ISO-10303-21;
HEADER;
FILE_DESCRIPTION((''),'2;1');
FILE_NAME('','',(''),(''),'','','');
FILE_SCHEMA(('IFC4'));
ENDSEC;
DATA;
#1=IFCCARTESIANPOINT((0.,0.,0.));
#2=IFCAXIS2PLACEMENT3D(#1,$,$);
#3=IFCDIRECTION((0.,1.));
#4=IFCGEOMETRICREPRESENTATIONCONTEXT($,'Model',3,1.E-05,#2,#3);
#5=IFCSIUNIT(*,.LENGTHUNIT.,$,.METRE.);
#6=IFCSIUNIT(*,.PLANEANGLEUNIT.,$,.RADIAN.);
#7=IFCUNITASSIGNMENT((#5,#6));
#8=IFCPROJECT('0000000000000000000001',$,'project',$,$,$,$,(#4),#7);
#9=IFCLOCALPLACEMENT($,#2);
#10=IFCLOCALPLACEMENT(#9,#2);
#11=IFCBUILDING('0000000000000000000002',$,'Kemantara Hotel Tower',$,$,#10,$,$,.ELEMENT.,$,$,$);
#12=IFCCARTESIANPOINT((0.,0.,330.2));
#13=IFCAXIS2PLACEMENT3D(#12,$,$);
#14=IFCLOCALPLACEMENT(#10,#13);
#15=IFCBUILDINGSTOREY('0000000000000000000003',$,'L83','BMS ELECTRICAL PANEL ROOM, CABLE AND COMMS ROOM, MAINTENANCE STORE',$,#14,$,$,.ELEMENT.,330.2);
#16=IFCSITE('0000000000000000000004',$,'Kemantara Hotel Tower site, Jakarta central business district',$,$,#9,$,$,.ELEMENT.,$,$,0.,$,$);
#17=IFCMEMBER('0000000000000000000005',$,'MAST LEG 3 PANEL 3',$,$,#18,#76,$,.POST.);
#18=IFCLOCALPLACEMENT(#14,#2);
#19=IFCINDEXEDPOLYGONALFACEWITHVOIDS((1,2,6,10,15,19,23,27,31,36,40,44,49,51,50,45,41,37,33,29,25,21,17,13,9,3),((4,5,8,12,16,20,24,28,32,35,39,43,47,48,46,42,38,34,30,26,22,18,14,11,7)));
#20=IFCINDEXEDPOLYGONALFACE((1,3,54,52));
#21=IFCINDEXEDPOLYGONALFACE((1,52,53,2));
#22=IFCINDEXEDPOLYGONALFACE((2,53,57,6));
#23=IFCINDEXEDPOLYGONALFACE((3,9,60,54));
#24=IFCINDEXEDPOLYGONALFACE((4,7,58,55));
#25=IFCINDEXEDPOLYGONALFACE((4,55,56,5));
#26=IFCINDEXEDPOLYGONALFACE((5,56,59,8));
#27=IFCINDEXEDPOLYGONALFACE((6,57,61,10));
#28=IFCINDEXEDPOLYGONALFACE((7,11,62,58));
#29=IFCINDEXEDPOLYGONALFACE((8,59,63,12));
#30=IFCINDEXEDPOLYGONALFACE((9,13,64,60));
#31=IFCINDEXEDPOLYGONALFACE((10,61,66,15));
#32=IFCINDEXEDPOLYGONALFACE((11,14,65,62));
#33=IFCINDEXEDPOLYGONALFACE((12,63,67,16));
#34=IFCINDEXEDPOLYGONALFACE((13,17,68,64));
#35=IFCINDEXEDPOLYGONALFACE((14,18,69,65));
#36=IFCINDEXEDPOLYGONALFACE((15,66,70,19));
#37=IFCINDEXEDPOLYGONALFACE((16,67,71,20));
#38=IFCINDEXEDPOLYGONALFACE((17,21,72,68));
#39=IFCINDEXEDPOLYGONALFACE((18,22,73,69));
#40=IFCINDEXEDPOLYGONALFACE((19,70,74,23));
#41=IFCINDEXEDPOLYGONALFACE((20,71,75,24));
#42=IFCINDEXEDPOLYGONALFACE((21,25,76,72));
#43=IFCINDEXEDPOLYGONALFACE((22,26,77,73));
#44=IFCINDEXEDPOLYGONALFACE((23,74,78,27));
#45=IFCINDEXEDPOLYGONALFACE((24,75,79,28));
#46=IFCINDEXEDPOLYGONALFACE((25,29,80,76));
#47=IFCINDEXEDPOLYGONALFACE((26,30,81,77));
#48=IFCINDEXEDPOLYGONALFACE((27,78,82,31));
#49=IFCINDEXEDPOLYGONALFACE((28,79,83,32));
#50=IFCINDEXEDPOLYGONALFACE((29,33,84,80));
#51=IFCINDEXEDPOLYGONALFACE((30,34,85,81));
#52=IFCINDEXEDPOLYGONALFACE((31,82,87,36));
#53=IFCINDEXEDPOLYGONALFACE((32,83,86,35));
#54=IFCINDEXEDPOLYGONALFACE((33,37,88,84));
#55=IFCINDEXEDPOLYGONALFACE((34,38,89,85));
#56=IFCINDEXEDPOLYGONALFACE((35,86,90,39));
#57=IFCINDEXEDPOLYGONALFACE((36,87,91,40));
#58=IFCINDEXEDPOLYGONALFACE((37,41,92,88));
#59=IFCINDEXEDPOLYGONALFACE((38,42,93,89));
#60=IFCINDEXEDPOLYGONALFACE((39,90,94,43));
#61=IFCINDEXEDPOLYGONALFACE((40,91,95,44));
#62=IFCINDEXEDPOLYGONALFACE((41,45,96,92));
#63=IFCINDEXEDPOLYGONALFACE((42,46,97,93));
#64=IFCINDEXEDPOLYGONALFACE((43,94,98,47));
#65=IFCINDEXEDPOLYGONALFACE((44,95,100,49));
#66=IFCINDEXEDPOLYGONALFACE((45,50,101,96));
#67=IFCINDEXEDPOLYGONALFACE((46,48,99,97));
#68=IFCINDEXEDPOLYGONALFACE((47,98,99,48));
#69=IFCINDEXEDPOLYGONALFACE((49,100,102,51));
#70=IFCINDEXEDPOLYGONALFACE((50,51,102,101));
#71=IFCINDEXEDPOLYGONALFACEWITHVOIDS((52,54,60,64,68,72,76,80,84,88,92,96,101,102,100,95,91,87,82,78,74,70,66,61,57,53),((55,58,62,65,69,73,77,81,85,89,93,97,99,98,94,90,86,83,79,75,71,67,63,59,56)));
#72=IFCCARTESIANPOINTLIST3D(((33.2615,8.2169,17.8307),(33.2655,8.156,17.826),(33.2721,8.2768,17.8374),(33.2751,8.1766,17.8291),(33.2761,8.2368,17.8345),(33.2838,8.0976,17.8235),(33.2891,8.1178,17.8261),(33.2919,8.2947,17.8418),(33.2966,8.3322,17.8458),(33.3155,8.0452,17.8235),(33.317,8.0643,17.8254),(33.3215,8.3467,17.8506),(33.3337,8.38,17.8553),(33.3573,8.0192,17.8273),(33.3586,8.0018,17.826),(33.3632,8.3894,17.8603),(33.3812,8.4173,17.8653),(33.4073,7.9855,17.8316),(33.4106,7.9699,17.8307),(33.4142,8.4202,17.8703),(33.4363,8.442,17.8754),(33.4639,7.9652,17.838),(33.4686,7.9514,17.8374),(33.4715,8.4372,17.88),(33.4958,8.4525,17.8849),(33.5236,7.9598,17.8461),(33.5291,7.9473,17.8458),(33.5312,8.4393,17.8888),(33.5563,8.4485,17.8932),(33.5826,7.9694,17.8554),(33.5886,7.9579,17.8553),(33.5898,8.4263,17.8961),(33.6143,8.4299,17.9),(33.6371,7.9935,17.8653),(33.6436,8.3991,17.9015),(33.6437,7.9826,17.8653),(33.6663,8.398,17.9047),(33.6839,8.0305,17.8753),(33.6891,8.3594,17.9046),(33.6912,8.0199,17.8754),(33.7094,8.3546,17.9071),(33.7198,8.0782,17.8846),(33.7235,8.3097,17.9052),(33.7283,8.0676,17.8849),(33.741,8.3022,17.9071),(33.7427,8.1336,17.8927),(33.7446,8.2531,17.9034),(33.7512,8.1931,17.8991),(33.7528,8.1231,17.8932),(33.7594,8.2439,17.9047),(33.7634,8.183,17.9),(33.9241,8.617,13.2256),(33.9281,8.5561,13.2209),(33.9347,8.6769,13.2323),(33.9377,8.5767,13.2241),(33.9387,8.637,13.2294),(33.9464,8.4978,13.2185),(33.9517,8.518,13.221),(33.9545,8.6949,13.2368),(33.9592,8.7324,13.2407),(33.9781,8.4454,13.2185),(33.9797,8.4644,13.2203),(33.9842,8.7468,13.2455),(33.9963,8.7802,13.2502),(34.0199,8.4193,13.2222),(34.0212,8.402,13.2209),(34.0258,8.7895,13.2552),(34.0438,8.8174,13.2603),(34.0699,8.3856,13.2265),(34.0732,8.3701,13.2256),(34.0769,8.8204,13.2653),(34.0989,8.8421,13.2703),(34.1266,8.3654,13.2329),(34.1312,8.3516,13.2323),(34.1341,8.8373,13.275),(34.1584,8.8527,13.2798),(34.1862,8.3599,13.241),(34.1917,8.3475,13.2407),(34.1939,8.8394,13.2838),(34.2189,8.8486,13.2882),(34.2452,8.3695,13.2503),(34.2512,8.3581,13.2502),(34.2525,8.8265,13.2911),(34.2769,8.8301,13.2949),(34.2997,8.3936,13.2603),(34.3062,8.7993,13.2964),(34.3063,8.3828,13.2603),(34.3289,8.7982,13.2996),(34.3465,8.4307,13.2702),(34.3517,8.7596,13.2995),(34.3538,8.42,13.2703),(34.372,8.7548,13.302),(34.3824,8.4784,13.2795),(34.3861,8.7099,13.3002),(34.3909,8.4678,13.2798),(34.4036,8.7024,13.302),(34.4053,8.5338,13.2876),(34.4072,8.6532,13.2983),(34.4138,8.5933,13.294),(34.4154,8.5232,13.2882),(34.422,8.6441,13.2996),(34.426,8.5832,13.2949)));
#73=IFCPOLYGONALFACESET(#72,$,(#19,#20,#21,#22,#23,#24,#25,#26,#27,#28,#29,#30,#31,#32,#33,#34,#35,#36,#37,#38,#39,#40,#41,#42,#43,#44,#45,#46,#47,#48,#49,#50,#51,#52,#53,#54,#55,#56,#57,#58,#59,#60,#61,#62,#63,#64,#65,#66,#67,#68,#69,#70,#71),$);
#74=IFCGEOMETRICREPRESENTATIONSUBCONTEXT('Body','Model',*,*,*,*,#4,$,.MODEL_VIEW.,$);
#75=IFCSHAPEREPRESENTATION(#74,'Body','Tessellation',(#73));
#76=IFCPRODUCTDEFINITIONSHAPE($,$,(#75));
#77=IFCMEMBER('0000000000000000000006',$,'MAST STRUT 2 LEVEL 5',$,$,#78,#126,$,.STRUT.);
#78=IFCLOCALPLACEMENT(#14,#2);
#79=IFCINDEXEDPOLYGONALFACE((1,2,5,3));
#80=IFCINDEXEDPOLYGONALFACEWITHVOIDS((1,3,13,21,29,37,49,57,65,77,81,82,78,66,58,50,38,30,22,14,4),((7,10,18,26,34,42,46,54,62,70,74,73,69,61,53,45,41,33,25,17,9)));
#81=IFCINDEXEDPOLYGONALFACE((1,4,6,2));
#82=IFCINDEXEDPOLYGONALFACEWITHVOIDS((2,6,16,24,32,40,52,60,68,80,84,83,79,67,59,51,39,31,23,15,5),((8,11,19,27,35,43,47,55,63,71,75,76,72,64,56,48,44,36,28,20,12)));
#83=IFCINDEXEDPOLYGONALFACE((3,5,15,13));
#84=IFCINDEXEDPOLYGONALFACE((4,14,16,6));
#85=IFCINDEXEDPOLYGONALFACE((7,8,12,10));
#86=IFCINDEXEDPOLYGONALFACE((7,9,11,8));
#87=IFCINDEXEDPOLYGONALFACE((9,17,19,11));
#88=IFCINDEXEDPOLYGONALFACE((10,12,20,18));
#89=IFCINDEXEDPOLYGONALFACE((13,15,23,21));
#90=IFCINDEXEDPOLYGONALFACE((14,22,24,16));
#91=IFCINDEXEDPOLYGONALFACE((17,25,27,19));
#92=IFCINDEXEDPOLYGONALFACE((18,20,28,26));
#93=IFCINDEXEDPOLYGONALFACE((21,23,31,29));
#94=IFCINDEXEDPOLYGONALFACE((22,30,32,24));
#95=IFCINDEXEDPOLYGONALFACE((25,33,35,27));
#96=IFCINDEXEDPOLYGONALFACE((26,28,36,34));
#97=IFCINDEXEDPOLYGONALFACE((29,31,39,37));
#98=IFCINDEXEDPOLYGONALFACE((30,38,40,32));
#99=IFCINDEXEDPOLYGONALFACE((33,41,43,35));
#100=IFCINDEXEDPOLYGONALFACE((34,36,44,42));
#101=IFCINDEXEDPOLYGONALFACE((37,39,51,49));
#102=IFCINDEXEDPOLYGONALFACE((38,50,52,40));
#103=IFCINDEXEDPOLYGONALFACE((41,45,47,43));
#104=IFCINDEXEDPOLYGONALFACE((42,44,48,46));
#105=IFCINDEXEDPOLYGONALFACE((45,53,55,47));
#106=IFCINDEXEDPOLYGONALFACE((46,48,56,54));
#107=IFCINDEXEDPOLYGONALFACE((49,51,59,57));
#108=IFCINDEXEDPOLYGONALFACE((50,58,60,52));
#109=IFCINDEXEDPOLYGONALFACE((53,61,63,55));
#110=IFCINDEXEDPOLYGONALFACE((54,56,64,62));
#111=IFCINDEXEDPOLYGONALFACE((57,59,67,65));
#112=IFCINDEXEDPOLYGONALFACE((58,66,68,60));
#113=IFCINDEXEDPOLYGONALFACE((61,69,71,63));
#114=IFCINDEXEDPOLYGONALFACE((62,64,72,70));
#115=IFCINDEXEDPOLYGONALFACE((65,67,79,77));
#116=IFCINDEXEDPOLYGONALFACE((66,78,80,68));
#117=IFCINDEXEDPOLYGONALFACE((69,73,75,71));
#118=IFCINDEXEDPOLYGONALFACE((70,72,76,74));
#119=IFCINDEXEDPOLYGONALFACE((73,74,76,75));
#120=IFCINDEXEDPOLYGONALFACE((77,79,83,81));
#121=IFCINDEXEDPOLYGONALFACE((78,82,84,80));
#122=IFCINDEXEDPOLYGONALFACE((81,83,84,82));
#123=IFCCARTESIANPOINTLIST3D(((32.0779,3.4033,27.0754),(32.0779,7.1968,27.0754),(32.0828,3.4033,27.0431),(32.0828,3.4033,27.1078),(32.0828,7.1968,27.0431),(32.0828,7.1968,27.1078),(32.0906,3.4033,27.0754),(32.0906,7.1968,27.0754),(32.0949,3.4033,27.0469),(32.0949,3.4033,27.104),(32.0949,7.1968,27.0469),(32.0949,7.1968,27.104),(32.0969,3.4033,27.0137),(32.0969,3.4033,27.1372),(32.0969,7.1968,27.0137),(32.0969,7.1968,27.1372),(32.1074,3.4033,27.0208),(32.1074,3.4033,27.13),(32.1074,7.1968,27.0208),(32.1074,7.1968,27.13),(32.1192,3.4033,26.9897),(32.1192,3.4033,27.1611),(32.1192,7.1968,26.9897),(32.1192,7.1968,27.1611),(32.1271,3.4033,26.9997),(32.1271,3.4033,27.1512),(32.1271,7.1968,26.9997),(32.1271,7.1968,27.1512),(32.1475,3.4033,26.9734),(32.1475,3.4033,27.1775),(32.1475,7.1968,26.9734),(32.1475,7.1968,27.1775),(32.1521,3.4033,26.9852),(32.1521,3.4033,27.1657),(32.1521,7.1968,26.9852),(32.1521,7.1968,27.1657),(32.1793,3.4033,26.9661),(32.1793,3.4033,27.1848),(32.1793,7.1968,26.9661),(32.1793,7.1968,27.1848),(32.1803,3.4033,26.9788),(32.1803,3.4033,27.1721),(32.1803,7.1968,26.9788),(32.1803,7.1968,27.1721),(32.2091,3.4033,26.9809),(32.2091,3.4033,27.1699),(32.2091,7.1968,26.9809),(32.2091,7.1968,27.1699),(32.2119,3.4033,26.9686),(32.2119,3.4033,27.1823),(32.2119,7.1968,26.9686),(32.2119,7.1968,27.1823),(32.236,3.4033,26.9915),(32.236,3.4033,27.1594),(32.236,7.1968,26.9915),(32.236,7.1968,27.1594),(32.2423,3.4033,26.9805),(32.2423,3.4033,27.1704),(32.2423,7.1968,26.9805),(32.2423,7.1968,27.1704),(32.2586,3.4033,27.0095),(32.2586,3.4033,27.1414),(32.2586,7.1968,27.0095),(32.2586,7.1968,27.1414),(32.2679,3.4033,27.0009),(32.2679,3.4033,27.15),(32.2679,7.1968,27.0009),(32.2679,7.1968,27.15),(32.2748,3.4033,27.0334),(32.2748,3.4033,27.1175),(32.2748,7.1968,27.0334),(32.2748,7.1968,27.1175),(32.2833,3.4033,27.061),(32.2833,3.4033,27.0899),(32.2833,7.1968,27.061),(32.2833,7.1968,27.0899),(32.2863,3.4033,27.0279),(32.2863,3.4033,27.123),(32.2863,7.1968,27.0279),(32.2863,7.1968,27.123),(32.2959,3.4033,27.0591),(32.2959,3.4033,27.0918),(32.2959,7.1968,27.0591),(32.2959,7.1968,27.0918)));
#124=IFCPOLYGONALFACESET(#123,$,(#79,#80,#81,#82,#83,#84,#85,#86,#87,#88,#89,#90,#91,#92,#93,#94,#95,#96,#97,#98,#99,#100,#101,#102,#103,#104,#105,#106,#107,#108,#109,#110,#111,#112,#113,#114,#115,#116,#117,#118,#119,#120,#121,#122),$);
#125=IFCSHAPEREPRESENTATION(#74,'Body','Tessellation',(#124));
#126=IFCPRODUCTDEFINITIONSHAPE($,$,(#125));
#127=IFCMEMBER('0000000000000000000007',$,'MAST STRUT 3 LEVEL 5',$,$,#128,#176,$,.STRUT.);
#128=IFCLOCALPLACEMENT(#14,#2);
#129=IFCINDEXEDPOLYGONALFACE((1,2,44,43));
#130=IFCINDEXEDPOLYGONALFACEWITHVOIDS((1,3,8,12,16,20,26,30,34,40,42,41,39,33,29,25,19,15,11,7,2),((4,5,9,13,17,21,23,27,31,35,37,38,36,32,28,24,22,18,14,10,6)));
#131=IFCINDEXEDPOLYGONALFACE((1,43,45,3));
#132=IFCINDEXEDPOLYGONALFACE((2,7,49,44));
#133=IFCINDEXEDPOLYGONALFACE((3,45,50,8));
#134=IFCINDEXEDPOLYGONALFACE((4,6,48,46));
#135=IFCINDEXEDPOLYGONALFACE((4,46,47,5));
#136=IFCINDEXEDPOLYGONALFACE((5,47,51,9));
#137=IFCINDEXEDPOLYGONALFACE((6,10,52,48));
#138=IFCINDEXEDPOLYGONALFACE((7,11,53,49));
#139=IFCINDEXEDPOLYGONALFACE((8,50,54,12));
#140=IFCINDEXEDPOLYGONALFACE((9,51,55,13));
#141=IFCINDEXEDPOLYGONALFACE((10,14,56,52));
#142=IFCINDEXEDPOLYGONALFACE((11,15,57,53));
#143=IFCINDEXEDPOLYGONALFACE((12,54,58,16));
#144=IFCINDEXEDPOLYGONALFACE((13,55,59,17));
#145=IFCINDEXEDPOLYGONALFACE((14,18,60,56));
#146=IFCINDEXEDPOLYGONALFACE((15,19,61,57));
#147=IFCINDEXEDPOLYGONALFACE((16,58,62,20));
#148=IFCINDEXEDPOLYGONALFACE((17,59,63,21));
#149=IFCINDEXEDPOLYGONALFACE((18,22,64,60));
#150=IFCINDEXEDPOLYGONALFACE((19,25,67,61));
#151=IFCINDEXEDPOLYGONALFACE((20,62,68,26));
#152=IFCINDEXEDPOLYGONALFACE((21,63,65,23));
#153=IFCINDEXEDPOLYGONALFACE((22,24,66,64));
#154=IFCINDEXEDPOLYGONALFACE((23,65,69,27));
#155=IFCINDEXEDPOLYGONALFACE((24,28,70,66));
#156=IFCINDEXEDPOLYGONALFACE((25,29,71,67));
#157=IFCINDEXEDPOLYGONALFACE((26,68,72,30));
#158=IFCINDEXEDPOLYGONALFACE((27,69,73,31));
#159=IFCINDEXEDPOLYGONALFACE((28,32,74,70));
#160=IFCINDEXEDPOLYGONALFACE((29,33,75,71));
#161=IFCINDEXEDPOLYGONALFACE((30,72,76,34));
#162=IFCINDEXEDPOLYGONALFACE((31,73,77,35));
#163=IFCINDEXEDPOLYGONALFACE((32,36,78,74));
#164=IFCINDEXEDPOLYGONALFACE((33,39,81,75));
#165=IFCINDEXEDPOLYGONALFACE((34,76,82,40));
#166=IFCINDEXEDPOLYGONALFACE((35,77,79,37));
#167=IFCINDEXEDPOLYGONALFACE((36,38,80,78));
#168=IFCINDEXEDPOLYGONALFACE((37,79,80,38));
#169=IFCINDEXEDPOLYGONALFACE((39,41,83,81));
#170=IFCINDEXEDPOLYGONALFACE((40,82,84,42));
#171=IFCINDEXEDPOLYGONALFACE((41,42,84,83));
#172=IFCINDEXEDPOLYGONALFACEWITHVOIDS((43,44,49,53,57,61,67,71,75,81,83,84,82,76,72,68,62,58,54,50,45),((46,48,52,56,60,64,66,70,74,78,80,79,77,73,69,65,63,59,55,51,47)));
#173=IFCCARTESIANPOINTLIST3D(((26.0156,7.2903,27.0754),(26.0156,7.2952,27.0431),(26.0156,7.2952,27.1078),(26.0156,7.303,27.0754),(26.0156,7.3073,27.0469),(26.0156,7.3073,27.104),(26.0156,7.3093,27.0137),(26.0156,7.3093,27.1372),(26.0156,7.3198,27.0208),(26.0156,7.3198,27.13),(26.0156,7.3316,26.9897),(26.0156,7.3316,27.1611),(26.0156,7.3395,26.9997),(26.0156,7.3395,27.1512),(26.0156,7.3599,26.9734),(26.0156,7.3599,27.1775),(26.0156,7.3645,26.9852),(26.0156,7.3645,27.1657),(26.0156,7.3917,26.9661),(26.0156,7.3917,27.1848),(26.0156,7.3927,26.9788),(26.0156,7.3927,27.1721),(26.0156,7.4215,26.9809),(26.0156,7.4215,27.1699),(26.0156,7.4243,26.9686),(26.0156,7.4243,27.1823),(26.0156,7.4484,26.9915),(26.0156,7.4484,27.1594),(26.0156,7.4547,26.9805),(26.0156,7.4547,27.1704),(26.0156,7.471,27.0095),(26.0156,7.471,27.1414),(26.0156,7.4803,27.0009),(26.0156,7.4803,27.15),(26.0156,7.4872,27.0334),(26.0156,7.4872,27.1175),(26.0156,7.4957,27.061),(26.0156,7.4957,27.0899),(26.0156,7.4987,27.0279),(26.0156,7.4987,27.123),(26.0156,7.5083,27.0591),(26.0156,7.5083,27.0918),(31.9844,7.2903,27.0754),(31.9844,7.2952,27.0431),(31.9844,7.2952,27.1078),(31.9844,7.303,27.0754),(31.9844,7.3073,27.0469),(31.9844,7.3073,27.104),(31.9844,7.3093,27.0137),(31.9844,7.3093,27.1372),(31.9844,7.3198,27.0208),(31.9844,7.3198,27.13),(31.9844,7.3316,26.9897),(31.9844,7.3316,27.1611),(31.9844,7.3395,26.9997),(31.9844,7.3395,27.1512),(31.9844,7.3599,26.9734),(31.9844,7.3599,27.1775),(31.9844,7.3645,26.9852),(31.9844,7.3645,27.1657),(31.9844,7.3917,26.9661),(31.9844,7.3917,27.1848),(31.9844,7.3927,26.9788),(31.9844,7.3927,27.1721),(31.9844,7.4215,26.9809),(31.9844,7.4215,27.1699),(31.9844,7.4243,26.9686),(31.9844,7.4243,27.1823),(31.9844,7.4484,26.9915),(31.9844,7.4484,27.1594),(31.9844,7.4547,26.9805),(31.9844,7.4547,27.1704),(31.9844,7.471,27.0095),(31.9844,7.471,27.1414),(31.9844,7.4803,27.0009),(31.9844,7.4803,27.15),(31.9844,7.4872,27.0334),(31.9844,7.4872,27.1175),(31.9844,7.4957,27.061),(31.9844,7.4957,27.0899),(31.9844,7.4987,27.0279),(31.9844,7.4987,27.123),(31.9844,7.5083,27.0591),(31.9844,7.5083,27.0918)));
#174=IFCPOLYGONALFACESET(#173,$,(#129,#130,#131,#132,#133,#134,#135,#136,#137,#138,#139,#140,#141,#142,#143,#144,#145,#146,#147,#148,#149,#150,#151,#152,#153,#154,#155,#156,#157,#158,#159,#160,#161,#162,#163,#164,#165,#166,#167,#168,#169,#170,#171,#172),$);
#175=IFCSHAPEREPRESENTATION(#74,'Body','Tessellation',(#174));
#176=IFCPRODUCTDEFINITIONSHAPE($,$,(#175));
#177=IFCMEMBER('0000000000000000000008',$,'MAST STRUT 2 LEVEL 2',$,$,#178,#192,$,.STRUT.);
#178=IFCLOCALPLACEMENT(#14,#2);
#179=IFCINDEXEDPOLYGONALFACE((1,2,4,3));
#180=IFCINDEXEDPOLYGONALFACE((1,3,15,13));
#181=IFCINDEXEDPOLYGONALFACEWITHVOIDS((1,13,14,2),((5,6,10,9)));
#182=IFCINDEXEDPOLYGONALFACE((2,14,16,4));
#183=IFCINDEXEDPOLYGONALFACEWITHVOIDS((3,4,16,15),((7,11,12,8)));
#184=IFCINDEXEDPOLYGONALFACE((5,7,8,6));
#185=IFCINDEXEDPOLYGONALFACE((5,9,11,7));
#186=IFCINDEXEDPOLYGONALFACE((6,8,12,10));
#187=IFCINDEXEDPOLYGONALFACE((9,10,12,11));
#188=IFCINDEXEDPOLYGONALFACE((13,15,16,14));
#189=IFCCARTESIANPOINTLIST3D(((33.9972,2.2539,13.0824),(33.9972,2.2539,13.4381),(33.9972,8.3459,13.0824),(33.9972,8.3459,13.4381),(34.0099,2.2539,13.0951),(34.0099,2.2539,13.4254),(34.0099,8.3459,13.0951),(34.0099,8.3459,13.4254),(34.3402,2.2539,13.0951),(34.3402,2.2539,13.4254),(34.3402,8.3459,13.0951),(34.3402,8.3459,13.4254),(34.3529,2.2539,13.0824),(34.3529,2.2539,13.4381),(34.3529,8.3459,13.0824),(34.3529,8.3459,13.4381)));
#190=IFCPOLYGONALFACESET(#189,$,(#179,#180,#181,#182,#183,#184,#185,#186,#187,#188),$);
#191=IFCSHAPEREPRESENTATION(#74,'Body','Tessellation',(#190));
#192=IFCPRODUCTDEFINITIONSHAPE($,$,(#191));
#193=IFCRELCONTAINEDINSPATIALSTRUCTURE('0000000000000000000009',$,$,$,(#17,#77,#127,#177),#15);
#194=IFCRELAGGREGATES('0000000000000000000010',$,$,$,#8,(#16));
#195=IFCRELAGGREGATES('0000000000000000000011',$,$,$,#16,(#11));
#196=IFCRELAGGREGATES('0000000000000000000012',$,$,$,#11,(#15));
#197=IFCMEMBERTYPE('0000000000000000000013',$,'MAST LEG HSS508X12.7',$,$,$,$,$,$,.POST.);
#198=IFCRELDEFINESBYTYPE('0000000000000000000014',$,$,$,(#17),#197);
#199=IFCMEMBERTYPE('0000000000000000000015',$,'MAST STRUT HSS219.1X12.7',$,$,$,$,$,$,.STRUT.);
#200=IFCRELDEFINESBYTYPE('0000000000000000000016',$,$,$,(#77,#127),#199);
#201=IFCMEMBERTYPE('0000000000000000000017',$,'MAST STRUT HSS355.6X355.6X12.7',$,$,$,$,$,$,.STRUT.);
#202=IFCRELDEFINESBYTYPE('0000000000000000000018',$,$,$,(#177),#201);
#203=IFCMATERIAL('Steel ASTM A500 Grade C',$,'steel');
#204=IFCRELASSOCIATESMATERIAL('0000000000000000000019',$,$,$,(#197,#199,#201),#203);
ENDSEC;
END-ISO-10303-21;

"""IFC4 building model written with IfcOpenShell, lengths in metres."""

from ifc_helpers import new_model, si_unit, direction, frame, origin, origin_2d, place, context, subcontext, project, spatial, hollow_rectangle, hollow_circle, extrude, material, material_profile, profile_set, type_object, element, save


model = new_model("IFC4")

# Units and contexts
model_context = context("Model", 3, precision=1e-05, world=origin(), true_north=direction((0.0, 1.0)))
body_context = subcontext(model_context, "Body", "Model", "MODEL_VIEW")
ifc_project = project(units=[si_unit("LENGTHUNIT", "METRE"), si_unit("PLANEANGLEUNIT", "RADIAN")], contexts=[model_context])

# Site, building, storey
site_placement = place(None, origin())
site = spatial("IfcSite", under=ifc_project, at=site_placement, Name="Kemantara Hotel Tower site, Jakarta central business district", CompositionType="ELEMENT", RefElevation=0.0)
building_placement = place(site_placement, origin())
building = spatial("IfcBuilding", under=site, at=building_placement, Name="Kemantara Hotel Tower", CompositionType="ELEMENT")
storey_placement = place(building_placement, frame((0.0, 0.0, 330.2)))
storey = spatial("IfcBuildingStorey", under=building, at=storey_placement, Name="L83", Description="BMS ELECTRICAL PANEL ROOM, CABLE AND COMMS ROOM, MAINTENANCE STORE", CompositionType="ELEMENT", Elevation=330.2)

# Members
ifc_material_1 = material(Name="Steel ASTM A500 Grade C", Category="steel")
ifc_material_profile_1 = material_profile(ifc_material_1, hollow_circle(Radius=0.2539, WallThickness=0.0127, at=origin_2d()), Name="HSS508X12.7")
ifc_profile_set_1 = profile_set([ifc_material_profile_1], Name="Steel ASTM A500 Grade C")
member_type_1 = type_object("IfcMemberType", Name="MAST LEG HSS508X12.7", PredefinedType="POST", material=ifc_profile_set_1)
for number, where, z_axis, x_axis, name in (
    (1, (34.175, 8.6001, 13.2603), (-0.141897, -0.085692, 0.986165), (0.516952, -0.856014, 0.0), "MAST LEG 3 PANEL 3"),
):
    element("IfcMember", number, at=place(storey_placement, frame(where, z_axis=z_axis, x_axis=x_axis)), inside=storey, type_object=member_type_1, Name=name, PredefinedType="POST", context=body_context, shape_type="SweptSolid", body=[
        extrude(hollow_circle(Radius=0.2539, WallThickness=0.0127, at=origin_2d()), origin(), (0.0, 0.0, 1.0), 4.6697),
    ])
ifc_material_profile_2 = material_profile(ifc_material_1, hollow_circle(Radius=0.1096, WallThickness=0.0127, at=origin_2d()), Name="HSS219.1X12.7")
ifc_profile_set_2 = profile_set([ifc_material_profile_2], Name="Steel ASTM A500 Grade C")
member_type_2 = type_object("IfcMemberType", Name="MAST STRUT HSS219.1X12.7", PredefinedType="STRUT", material=ifc_profile_set_2)
member_1_placement = place(storey_placement, frame((32.1875, 3.4033, 27.0754), z_axis=(0.0, 1.0, 0.0), x_axis=(-1.0, 0.0, 0.0)))
element("IfcMember", 2, at=member_1_placement, inside=storey, type_object=member_type_2, Name="MAST STRUT 2 LEVEL 5", PredefinedType="STRUT", context=body_context, shape_type="SweptSolid", body=[
    extrude(hollow_circle(Radius=0.1096, WallThickness=0.0127, at=origin_2d()), origin(), (0.0, 0.0, 1.0), 3.7935),
])
member_2_placement = place(storey_placement, frame((31.9844, 7.3999, 27.0754), z_axis=(-1.0, 0.0, 0.0), x_axis=(0.0, -1.0, 0.0)))
element("IfcMember", 3, at=member_2_placement, inside=storey, type_object=member_type_2, Name="MAST STRUT 3 LEVEL 5", PredefinedType="STRUT", context=body_context, shape_type="SweptSolid", body=[
    extrude(hollow_circle(Radius=0.1096, WallThickness=0.0127, at=origin_2d()), origin(), (0.0, 0.0, 1.0), 5.9688),
])
ifc_material_profile_3 = material_profile(ifc_material_1, hollow_rectangle(XDim=0.3557, YDim=0.3557, WallThickness=0.0127, at=origin_2d()), Name="HSS355.6X355.6X12.7")
ifc_profile_set_3 = profile_set([ifc_material_profile_3], Name="Steel ASTM A500 Grade C")
member_type_3 = type_object("IfcMemberType", Name="MAST STRUT HSS355.6X355.6X12.7", PredefinedType="STRUT", material=ifc_profile_set_3)
member_3_placement = place(storey_placement, frame((34.175, 2.2539, 13.2603), z_axis=(0.0, 1.0, 0.0), x_axis=(-1.0, 0.0, 0.0)))
element("IfcMember", 4, at=member_3_placement, inside=storey, type_object=member_type_3, Name="MAST STRUT 2 LEVEL 2", PredefinedType="STRUT", context=body_context, shape_type="SweptSolid", body=[
    extrude(hollow_rectangle(XDim=0.3557, YDim=0.3557, WallThickness=0.0127, at=origin_2d()), origin(), (0.0, 0.0, 1.0), 6.092),
])

save(model, "model.ifc")
